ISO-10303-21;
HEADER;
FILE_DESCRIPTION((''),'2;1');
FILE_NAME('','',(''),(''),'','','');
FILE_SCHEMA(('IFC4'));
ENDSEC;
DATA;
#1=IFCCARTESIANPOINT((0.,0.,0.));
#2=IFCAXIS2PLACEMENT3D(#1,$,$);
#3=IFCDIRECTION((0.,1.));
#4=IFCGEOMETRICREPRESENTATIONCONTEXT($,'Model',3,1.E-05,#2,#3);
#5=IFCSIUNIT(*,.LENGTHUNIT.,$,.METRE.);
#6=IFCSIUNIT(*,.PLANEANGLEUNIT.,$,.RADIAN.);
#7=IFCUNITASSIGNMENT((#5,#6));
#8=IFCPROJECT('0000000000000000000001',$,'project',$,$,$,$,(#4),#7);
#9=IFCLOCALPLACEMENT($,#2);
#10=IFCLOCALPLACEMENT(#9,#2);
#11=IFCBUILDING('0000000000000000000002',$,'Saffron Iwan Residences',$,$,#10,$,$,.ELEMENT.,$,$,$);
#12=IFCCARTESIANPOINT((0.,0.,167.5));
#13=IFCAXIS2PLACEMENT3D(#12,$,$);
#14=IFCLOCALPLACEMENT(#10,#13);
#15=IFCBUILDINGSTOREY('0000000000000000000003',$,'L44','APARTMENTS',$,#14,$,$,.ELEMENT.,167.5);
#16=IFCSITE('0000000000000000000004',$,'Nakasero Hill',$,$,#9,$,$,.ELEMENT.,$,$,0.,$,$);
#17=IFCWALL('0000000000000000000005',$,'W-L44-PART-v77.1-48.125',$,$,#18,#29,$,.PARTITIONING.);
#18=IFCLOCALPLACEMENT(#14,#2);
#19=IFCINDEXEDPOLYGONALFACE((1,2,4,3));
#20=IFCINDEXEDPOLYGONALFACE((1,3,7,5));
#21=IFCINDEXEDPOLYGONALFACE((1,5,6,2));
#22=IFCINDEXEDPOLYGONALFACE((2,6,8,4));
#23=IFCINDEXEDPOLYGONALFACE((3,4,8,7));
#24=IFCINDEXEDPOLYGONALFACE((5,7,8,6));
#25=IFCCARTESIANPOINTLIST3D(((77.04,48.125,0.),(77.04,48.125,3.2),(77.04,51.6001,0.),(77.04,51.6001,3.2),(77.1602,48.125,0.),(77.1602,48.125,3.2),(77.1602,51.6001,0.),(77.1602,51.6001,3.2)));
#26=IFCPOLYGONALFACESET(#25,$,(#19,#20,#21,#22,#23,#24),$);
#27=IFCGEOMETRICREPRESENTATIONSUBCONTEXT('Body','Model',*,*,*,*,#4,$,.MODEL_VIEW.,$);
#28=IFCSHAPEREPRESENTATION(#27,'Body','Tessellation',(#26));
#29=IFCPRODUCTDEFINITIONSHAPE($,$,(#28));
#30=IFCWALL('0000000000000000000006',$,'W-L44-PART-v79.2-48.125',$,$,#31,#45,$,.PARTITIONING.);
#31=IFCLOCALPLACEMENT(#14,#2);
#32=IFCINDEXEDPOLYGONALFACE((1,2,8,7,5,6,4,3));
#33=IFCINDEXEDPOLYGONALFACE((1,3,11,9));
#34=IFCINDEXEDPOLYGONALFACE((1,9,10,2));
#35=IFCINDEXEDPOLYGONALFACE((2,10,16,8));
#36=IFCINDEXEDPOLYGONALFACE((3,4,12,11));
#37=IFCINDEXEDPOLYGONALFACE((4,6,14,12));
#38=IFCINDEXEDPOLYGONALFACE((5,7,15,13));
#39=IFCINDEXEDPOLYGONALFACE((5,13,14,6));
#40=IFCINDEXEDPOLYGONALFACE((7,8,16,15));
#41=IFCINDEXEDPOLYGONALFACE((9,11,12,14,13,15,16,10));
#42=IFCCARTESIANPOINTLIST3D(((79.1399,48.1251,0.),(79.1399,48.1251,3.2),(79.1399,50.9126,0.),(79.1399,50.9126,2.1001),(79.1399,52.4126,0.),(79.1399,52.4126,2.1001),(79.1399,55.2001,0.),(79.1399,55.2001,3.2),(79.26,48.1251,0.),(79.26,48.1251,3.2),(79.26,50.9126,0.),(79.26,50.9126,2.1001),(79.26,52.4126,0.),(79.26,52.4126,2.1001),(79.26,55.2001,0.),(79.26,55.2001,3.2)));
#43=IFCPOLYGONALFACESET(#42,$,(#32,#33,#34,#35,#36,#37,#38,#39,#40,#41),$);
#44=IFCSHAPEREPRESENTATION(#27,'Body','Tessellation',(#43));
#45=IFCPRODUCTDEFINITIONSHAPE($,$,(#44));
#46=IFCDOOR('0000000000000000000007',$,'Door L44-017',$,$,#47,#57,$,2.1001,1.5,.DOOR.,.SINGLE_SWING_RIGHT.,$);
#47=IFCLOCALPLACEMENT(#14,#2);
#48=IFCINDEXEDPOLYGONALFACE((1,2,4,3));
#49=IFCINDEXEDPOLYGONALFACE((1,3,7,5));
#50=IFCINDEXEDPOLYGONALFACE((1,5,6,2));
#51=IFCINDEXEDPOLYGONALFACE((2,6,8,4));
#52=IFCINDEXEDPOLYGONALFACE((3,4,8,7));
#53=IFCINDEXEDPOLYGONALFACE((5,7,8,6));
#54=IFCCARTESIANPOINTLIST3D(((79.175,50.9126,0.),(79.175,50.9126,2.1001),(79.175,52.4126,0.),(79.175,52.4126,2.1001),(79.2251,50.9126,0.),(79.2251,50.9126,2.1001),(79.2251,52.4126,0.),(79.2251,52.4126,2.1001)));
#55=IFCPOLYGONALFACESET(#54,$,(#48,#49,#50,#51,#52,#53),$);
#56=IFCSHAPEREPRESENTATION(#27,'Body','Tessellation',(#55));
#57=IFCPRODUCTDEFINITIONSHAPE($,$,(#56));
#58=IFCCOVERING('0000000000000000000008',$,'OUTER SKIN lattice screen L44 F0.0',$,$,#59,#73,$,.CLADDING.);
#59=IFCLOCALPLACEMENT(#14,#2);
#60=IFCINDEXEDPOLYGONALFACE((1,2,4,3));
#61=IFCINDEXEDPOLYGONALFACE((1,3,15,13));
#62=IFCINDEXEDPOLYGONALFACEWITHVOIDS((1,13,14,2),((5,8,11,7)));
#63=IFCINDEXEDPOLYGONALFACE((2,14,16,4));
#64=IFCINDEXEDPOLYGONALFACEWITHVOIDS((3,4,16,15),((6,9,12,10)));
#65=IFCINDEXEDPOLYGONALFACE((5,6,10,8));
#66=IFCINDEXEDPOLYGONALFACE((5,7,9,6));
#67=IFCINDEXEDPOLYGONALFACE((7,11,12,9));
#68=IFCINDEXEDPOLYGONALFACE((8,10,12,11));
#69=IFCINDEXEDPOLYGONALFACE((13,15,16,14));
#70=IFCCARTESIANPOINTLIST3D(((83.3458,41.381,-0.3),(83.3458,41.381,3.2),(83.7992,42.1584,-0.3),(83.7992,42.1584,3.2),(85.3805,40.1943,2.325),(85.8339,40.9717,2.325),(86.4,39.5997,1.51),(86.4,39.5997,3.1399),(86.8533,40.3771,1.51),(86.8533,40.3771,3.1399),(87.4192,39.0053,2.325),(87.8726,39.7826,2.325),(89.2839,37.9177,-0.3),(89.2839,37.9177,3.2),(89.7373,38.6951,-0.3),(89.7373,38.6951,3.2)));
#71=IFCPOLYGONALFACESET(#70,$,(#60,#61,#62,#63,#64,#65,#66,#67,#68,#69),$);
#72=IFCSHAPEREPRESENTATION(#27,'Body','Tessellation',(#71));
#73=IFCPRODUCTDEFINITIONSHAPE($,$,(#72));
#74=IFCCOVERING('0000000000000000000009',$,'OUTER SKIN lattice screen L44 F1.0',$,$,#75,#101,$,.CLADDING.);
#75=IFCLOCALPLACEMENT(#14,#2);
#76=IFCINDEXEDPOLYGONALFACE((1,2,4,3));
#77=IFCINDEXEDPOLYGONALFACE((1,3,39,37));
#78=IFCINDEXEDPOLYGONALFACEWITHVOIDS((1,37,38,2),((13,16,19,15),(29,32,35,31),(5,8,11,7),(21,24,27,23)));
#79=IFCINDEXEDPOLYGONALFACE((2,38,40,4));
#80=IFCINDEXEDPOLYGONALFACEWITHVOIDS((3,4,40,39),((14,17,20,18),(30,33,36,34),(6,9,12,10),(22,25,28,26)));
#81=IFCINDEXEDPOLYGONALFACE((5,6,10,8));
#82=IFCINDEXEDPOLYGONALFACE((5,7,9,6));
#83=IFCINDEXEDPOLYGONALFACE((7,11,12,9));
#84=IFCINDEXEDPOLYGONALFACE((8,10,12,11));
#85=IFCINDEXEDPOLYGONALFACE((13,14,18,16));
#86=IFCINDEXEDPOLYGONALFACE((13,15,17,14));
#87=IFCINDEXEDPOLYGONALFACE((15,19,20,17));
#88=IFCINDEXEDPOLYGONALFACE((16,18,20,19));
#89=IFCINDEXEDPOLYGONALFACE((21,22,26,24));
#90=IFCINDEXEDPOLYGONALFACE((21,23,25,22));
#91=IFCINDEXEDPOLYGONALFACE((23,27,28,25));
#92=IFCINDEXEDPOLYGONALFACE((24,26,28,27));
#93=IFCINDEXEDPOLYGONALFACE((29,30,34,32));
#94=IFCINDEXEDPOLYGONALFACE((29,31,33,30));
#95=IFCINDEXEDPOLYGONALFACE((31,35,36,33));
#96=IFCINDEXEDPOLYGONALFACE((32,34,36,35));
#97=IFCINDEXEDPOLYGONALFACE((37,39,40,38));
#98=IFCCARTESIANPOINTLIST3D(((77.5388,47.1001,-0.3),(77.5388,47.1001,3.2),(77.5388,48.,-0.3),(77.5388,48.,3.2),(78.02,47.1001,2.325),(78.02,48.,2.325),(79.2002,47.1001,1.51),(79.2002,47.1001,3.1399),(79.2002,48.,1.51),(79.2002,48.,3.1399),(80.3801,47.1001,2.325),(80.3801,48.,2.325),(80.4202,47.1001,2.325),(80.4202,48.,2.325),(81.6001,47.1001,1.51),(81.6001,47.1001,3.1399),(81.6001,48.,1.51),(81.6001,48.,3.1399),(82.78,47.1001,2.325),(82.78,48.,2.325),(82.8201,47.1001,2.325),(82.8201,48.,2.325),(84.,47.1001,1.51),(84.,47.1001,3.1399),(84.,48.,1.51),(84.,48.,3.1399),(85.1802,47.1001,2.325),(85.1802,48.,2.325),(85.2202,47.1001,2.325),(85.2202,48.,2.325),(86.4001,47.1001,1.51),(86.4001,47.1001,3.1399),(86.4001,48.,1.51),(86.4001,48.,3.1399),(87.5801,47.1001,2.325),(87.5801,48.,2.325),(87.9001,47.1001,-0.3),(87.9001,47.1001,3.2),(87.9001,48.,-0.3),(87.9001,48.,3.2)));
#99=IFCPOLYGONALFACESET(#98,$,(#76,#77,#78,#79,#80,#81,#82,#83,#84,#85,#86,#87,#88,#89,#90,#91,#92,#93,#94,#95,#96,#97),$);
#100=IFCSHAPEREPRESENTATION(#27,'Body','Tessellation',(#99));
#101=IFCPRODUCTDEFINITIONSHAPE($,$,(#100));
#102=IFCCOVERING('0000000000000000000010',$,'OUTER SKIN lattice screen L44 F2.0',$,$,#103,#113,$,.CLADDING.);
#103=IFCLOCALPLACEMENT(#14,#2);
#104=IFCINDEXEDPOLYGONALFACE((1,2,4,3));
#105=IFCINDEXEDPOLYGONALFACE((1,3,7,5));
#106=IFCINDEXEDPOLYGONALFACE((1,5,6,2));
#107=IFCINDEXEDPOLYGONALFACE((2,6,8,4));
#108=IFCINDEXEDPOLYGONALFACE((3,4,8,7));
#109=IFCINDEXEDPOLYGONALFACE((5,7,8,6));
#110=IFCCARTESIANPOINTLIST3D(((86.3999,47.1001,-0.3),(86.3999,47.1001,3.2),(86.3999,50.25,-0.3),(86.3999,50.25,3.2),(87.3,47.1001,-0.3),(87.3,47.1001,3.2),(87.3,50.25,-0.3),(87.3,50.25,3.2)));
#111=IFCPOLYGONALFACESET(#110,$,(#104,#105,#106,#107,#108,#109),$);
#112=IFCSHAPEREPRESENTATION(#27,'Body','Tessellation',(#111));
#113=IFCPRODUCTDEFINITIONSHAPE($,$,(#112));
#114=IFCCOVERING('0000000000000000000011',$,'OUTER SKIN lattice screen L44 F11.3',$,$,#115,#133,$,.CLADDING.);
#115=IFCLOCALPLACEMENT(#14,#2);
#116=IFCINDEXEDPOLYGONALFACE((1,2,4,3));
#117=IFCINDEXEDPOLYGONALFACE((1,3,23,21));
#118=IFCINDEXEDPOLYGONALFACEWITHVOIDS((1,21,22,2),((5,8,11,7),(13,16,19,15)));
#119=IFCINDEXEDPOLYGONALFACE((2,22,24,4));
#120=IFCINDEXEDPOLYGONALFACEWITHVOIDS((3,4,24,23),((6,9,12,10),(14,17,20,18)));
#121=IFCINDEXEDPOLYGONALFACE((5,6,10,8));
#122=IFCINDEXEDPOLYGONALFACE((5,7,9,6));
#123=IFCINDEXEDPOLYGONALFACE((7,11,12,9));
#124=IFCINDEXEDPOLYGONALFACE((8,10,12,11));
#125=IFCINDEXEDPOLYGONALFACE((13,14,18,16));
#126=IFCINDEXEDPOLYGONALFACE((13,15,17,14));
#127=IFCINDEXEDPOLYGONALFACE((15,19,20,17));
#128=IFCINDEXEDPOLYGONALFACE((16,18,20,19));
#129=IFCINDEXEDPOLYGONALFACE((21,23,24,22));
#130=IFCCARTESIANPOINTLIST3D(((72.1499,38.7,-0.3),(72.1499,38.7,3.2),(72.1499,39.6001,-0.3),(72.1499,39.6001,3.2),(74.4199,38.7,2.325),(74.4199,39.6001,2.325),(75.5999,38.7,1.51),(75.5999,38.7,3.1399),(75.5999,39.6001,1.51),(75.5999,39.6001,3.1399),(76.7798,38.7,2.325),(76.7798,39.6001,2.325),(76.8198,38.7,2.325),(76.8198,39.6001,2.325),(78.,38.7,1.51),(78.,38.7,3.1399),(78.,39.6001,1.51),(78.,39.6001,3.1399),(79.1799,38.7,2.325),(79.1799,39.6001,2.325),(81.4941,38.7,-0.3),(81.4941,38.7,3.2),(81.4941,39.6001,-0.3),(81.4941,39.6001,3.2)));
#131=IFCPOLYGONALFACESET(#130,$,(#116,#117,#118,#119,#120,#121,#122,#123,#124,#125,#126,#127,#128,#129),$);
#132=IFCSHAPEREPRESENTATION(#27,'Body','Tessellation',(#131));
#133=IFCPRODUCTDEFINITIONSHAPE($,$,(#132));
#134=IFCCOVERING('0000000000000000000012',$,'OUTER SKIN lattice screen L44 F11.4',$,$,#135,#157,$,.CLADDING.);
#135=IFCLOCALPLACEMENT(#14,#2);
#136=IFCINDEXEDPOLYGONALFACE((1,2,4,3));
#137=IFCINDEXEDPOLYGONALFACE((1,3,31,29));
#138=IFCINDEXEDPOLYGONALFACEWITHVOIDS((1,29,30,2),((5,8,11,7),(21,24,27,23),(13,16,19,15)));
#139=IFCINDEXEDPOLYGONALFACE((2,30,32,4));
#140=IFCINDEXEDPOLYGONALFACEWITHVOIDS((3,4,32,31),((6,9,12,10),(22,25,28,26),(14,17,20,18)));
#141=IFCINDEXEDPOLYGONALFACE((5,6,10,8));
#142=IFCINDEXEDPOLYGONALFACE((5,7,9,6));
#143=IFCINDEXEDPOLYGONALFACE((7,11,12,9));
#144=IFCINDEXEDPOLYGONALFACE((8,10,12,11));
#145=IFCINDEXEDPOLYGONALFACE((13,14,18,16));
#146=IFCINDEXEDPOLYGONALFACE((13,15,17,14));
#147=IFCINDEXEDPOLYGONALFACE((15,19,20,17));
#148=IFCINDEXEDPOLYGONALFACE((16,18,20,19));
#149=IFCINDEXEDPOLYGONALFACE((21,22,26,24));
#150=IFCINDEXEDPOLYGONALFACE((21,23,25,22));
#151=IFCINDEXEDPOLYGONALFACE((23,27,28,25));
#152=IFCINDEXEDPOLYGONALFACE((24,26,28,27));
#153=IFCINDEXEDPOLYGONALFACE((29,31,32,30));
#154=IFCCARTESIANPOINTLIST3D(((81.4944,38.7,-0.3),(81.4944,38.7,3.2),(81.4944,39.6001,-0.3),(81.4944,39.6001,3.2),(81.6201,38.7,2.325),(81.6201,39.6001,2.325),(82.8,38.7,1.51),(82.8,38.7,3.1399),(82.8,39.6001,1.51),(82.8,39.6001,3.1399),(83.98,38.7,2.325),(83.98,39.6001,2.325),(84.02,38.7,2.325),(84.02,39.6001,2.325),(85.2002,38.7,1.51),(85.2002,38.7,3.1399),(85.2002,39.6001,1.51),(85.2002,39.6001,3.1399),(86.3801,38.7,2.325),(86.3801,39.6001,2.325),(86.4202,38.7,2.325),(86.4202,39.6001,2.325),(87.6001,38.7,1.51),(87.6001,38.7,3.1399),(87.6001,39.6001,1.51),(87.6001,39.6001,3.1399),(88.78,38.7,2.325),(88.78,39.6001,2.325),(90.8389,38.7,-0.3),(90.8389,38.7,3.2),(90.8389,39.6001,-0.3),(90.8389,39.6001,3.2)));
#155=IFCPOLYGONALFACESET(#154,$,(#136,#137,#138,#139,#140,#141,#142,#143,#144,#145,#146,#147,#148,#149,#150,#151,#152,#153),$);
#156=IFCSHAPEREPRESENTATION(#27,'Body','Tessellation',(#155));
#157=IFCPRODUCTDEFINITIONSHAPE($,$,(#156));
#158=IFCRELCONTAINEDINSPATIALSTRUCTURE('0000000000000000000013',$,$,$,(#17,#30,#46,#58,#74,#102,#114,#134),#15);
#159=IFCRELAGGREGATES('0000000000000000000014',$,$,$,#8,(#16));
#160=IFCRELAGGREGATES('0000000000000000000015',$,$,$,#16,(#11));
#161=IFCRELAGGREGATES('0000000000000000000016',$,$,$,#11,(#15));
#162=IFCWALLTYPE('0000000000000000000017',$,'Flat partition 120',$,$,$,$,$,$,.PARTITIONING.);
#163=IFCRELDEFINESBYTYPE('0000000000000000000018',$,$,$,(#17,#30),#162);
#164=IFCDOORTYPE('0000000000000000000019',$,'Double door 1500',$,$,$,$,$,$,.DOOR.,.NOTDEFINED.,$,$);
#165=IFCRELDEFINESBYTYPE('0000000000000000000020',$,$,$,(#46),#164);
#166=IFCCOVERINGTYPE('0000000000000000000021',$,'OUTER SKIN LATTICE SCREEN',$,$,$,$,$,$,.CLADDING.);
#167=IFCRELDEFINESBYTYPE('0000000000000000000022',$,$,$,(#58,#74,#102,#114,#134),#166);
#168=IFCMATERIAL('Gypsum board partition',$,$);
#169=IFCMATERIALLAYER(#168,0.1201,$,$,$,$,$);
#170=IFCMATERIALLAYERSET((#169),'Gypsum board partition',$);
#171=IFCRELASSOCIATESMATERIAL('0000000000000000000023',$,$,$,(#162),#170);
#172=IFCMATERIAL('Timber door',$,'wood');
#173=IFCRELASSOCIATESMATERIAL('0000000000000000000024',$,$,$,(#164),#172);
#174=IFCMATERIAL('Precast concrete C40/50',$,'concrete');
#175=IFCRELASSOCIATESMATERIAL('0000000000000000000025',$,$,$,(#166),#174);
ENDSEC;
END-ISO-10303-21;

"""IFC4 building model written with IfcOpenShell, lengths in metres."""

from ifc_helpers import new_model, si_unit, direction, frame, frame_2d, origin, place, context, subcontext, project, spatial, polyline, rectangle, outline, extrude, material, layer, layer_set, type_object, element, fill, save


model = new_model("IFC4")

# Units and contexts
model_context = context("Model", 3, precision=1e-05, world=origin(), true_north=direction((0.0, 1.0)))
body_context = subcontext(model_context, "Body", "Model", "MODEL_VIEW")
ifc_project = project(units=[si_unit("LENGTHUNIT", "METRE"), si_unit("PLANEANGLEUNIT", "RADIAN")], contexts=[model_context])

# Site, building, storey
site_placement = place(None, origin())
site = spatial("IfcSite", under=ifc_project, at=site_placement, Name="Nakasero Hill", CompositionType="ELEMENT", RefElevation=0.0)
building_placement = place(site_placement, origin())
building = spatial("IfcBuilding", under=site, at=building_placement, Name="Saffron Iwan Residences", CompositionType="ELEMENT")
storey_placement = place(building_placement, frame((0.0, 0.0, 167.5)))
storey = spatial("IfcBuildingStorey", under=building, at=storey_placement, Name="L44", Description="APARTMENTS", CompositionType="ELEMENT", Elevation=167.5)

# Shared definitions
ifc_material_1 = material(Name="Gypsum board partition")
ifc_layer_1 = layer(ifc_material_1, 0.1201)
ifc_layer_set_1 = layer_set([ifc_layer_1], Name="Gypsum board partition")
wall_type_1 = type_object("IfcWallType", Name="Flat partition 120", PredefinedType="PARTITIONING", material=ifc_layer_set_1)
ifc_material_2 = material(Name="Timber door", Category="wood")
door_type_1 = type_object("IfcDoorType", Name="Double door 1500", OperationType="NOTDEFINED", PredefinedType="DOOR", material=ifc_material_2)

# Wall
wall_1_placement = place(storey_placement, frame((77.1001, 48.125, 0.0), z_axis=(0.0, 0.0, 1.0), x_axis=(0.0, 1.0, 0.0)))
element("IfcWall", 1, at=wall_1_placement, inside=storey, type_object=wall_type_1, Name="W-L44-PART-v77.1-48.125", PredefinedType="PARTITIONING", context=body_context, shape_type="SweptSolid", body=[
    extrude(rectangle(XDim=3.4751, YDim=0.1201, at=frame_2d((1.7375, 0.0))), origin(), (0.0, 0.0, 1.0), 3.2),
])

# Wall, opening, door
wall_2_placement = place(storey_placement, frame((79.2, 48.125, 0.0), z_axis=(0.0, 0.0, 1.0), x_axis=(0.0, 1.0, 0.0)))
wall_2 = element("IfcWall", 2, at=wall_2_placement, inside=storey, type_object=wall_type_1, Name="W-L44-PART-v79.2-48.125", PredefinedType="PARTITIONING", context=body_context, shape_type="SweptSolid", body=[
    extrude(rectangle(XDim=7.075, YDim=0.1201, at=frame_2d((3.5376, 0.0))), origin(), (0.0, 0.0, 1.0), 3.2),
])
opening_1_placement = place(wall_2_placement, frame((2.7876, 0.0, 0.0)))
opening_1 = element("IfcOpeningElement", 3, at=opening_1_placement, cuts=wall_2, PredefinedType="OPENING", context=body_context, shape_type="SweptSolid", body=[
    extrude(rectangle(XDim=1.5, YDim=2.1001, at=frame_2d((0.75, 1.05))), frame((0.0, 0.0701, 0.0), z_axis=(0.0, -1.0, 0.0), x_axis=(1.0, 0.0, 0.0)), (0.0, 0.0, 1.0), 0.1401),
])
door_1_placement = place(opening_1_placement, origin())
door_1 = element("IfcDoor", 4, at=door_1_placement, inside=storey, type_object=door_type_1, Name="Door L44-017", OperationType="SINGLE_SWING_RIGHT", OverallHeight=2.1001, OverallWidth=1.5, PredefinedType="DOOR", context=body_context, shape_type="SweptSolid", body=[
    extrude(rectangle(XDim=1.5, YDim=2.1001, at=frame_2d((0.75, 1.05))), frame((0.0, 0.0249, 0.0), z_axis=(0.0, -1.0, 0.0), x_axis=(1.0, 0.0, 0.0)), (0.0, 0.0, 1.0), 0.05),
])
fill(opening_1, door_1)

# Coverings
ifc_material_3 = material(Name="Precast concrete C40/50", Category="concrete")
covering_type = type_object("IfcCoveringType", Name="OUTER SKIN LATTICE SCREEN", PredefinedType="CLADDING", material=ifc_material_3)
covering_1_placement = place(storey_placement, frame((89.2839, 37.9177, -0.3), z_axis=(0.503804, 0.863818, 0.0), x_axis=(-0.863818, 0.503804, 0.0)))
element("IfcCovering", 5, at=covering_1_placement, inside=storey, type_object=covering_type, Name="OUTER SKIN lattice screen L44 F0.0", PredefinedType="CLADDING", context=body_context, shape_type="SweptSolid", body=[
    extrude(outline(polyline([(0.0, 0.0), (6.8743, 0.0), (6.8743, 3.5), (0.0, 3.5), (0.0, 0.0)]), holes=[polyline([(2.1587, 2.625), (3.3386, 1.8101), (4.5188, 2.625), (3.3386, 3.4399), (2.1587, 2.625)])]), origin(), (0.0, 0.0, 1.0), 0.8999),
])
covering_2_placement = place(storey_placement, frame((77.5388, 48.0, -0.3), z_axis=(0.0, -1.0, 0.0), x_axis=(1.0, 0.0, 0.0)))
element("IfcCovering", 6, at=covering_2_placement, inside=storey, type_object=covering_type, Name="OUTER SKIN lattice screen L44 F1.0", PredefinedType="CLADDING", context=body_context, shape_type="SweptSolid", body=[
    extrude(outline(polyline([(0.0, 0.0), (10.3613, 0.0), (10.3613, 3.5), (0.0, 3.5), (0.0, 0.0)]), holes=[polyline([(0.4812, 2.625), (1.6614, 1.8101), (2.8413, 2.625), (1.6614, 3.4399), (0.4812, 2.625)]), polyline([(2.8813, 2.625), (4.0613, 1.8101), (5.2412, 2.625), (4.0613, 3.4399), (2.8813, 2.625)]), polyline([(5.2812, 2.625), (6.4612, 1.8101), (7.6414, 2.625), (6.4612, 3.4399), (5.2812, 2.625)]), polyline([(7.6814, 2.625), (8.8613, 1.8101), (10.0413, 2.625), (8.8613, 3.4399), (7.6814, 2.625)])]), origin(), (0.0, 0.0, 1.0), 0.8999),
])
covering_3_placement = place(storey_placement, frame((86.3999, 47.1001, -0.3), z_axis=(1.0, 0.0, 0.0), x_axis=(0.0, 1.0, 0.0)))
element("IfcCovering", 7, at=covering_3_placement, inside=storey, type_object=covering_type, Name="OUTER SKIN lattice screen L44 F2.0", PredefinedType="CLADDING", context=body_context, shape_type="SweptSolid", body=[
    extrude(outline(polyline([(0.0, 0.0), (3.1499, 0.0), (3.1499, 3.5), (0.0, 3.5), (0.0, 0.0)])), origin(), (0.0, 0.0, 1.0), 0.9001),
])
covering_4_placement = place(storey_placement, frame((72.1499, 39.6001, -0.3), z_axis=(0.0, -1.0, 0.0), x_axis=(1.0, 0.0, 0.0)))
element("IfcCovering", 8, at=covering_4_placement, inside=storey, type_object=covering_type, Name="OUTER SKIN lattice screen L44 F11.3", PredefinedType="CLADDING", context=body_context, shape_type="SweptSolid", body=[
    extrude(outline(polyline([(0.0, 0.0), (9.3442, 0.0), (9.3442, 3.5), (0.0, 3.5), (0.0, 0.0)]), holes=[polyline([(2.27, 2.625), (3.45, 1.8101), (4.6299, 2.625), (3.45, 3.4399), (2.27, 2.625)]), polyline([(4.6699, 2.625), (5.8501, 1.8101), (7.03, 2.625), (5.8501, 3.4399), (4.6699, 2.625)])]), origin(), (0.0, 0.0, 1.0), 0.9001),
])
covering_5_placement = place(storey_placement, frame((81.4944, 39.6001, -0.3), z_axis=(0.0, -1.0, 0.0), x_axis=(1.0, 0.0, 0.0)))
element("IfcCovering", 9, at=covering_5_placement, inside=storey, type_object=covering_type, Name="OUTER SKIN lattice screen L44 F11.4", PredefinedType="CLADDING", context=body_context, shape_type="SweptSolid", body=[
    extrude(outline(polyline([(0.0, 0.0), (9.3445, 0.0), (9.3445, 3.5), (0.0, 3.5), (0.0, 0.0)]), holes=[polyline([(0.1257, 2.625), (1.3057, 1.8101), (2.4856, 2.625), (1.3057, 3.4399), (0.1257, 2.625)]), polyline([(2.5256, 2.625), (3.7058, 1.8101), (4.8857, 2.625), (3.7058, 3.4399), (2.5256, 2.625)]), polyline([(4.9258, 2.625), (6.1057, 1.8101), (7.2856, 2.625), (6.1057, 3.4399), (4.9258, 2.625)])]), origin(), (0.0, 0.0, 1.0), 0.9001),
])

save(model, "model.ifc")
